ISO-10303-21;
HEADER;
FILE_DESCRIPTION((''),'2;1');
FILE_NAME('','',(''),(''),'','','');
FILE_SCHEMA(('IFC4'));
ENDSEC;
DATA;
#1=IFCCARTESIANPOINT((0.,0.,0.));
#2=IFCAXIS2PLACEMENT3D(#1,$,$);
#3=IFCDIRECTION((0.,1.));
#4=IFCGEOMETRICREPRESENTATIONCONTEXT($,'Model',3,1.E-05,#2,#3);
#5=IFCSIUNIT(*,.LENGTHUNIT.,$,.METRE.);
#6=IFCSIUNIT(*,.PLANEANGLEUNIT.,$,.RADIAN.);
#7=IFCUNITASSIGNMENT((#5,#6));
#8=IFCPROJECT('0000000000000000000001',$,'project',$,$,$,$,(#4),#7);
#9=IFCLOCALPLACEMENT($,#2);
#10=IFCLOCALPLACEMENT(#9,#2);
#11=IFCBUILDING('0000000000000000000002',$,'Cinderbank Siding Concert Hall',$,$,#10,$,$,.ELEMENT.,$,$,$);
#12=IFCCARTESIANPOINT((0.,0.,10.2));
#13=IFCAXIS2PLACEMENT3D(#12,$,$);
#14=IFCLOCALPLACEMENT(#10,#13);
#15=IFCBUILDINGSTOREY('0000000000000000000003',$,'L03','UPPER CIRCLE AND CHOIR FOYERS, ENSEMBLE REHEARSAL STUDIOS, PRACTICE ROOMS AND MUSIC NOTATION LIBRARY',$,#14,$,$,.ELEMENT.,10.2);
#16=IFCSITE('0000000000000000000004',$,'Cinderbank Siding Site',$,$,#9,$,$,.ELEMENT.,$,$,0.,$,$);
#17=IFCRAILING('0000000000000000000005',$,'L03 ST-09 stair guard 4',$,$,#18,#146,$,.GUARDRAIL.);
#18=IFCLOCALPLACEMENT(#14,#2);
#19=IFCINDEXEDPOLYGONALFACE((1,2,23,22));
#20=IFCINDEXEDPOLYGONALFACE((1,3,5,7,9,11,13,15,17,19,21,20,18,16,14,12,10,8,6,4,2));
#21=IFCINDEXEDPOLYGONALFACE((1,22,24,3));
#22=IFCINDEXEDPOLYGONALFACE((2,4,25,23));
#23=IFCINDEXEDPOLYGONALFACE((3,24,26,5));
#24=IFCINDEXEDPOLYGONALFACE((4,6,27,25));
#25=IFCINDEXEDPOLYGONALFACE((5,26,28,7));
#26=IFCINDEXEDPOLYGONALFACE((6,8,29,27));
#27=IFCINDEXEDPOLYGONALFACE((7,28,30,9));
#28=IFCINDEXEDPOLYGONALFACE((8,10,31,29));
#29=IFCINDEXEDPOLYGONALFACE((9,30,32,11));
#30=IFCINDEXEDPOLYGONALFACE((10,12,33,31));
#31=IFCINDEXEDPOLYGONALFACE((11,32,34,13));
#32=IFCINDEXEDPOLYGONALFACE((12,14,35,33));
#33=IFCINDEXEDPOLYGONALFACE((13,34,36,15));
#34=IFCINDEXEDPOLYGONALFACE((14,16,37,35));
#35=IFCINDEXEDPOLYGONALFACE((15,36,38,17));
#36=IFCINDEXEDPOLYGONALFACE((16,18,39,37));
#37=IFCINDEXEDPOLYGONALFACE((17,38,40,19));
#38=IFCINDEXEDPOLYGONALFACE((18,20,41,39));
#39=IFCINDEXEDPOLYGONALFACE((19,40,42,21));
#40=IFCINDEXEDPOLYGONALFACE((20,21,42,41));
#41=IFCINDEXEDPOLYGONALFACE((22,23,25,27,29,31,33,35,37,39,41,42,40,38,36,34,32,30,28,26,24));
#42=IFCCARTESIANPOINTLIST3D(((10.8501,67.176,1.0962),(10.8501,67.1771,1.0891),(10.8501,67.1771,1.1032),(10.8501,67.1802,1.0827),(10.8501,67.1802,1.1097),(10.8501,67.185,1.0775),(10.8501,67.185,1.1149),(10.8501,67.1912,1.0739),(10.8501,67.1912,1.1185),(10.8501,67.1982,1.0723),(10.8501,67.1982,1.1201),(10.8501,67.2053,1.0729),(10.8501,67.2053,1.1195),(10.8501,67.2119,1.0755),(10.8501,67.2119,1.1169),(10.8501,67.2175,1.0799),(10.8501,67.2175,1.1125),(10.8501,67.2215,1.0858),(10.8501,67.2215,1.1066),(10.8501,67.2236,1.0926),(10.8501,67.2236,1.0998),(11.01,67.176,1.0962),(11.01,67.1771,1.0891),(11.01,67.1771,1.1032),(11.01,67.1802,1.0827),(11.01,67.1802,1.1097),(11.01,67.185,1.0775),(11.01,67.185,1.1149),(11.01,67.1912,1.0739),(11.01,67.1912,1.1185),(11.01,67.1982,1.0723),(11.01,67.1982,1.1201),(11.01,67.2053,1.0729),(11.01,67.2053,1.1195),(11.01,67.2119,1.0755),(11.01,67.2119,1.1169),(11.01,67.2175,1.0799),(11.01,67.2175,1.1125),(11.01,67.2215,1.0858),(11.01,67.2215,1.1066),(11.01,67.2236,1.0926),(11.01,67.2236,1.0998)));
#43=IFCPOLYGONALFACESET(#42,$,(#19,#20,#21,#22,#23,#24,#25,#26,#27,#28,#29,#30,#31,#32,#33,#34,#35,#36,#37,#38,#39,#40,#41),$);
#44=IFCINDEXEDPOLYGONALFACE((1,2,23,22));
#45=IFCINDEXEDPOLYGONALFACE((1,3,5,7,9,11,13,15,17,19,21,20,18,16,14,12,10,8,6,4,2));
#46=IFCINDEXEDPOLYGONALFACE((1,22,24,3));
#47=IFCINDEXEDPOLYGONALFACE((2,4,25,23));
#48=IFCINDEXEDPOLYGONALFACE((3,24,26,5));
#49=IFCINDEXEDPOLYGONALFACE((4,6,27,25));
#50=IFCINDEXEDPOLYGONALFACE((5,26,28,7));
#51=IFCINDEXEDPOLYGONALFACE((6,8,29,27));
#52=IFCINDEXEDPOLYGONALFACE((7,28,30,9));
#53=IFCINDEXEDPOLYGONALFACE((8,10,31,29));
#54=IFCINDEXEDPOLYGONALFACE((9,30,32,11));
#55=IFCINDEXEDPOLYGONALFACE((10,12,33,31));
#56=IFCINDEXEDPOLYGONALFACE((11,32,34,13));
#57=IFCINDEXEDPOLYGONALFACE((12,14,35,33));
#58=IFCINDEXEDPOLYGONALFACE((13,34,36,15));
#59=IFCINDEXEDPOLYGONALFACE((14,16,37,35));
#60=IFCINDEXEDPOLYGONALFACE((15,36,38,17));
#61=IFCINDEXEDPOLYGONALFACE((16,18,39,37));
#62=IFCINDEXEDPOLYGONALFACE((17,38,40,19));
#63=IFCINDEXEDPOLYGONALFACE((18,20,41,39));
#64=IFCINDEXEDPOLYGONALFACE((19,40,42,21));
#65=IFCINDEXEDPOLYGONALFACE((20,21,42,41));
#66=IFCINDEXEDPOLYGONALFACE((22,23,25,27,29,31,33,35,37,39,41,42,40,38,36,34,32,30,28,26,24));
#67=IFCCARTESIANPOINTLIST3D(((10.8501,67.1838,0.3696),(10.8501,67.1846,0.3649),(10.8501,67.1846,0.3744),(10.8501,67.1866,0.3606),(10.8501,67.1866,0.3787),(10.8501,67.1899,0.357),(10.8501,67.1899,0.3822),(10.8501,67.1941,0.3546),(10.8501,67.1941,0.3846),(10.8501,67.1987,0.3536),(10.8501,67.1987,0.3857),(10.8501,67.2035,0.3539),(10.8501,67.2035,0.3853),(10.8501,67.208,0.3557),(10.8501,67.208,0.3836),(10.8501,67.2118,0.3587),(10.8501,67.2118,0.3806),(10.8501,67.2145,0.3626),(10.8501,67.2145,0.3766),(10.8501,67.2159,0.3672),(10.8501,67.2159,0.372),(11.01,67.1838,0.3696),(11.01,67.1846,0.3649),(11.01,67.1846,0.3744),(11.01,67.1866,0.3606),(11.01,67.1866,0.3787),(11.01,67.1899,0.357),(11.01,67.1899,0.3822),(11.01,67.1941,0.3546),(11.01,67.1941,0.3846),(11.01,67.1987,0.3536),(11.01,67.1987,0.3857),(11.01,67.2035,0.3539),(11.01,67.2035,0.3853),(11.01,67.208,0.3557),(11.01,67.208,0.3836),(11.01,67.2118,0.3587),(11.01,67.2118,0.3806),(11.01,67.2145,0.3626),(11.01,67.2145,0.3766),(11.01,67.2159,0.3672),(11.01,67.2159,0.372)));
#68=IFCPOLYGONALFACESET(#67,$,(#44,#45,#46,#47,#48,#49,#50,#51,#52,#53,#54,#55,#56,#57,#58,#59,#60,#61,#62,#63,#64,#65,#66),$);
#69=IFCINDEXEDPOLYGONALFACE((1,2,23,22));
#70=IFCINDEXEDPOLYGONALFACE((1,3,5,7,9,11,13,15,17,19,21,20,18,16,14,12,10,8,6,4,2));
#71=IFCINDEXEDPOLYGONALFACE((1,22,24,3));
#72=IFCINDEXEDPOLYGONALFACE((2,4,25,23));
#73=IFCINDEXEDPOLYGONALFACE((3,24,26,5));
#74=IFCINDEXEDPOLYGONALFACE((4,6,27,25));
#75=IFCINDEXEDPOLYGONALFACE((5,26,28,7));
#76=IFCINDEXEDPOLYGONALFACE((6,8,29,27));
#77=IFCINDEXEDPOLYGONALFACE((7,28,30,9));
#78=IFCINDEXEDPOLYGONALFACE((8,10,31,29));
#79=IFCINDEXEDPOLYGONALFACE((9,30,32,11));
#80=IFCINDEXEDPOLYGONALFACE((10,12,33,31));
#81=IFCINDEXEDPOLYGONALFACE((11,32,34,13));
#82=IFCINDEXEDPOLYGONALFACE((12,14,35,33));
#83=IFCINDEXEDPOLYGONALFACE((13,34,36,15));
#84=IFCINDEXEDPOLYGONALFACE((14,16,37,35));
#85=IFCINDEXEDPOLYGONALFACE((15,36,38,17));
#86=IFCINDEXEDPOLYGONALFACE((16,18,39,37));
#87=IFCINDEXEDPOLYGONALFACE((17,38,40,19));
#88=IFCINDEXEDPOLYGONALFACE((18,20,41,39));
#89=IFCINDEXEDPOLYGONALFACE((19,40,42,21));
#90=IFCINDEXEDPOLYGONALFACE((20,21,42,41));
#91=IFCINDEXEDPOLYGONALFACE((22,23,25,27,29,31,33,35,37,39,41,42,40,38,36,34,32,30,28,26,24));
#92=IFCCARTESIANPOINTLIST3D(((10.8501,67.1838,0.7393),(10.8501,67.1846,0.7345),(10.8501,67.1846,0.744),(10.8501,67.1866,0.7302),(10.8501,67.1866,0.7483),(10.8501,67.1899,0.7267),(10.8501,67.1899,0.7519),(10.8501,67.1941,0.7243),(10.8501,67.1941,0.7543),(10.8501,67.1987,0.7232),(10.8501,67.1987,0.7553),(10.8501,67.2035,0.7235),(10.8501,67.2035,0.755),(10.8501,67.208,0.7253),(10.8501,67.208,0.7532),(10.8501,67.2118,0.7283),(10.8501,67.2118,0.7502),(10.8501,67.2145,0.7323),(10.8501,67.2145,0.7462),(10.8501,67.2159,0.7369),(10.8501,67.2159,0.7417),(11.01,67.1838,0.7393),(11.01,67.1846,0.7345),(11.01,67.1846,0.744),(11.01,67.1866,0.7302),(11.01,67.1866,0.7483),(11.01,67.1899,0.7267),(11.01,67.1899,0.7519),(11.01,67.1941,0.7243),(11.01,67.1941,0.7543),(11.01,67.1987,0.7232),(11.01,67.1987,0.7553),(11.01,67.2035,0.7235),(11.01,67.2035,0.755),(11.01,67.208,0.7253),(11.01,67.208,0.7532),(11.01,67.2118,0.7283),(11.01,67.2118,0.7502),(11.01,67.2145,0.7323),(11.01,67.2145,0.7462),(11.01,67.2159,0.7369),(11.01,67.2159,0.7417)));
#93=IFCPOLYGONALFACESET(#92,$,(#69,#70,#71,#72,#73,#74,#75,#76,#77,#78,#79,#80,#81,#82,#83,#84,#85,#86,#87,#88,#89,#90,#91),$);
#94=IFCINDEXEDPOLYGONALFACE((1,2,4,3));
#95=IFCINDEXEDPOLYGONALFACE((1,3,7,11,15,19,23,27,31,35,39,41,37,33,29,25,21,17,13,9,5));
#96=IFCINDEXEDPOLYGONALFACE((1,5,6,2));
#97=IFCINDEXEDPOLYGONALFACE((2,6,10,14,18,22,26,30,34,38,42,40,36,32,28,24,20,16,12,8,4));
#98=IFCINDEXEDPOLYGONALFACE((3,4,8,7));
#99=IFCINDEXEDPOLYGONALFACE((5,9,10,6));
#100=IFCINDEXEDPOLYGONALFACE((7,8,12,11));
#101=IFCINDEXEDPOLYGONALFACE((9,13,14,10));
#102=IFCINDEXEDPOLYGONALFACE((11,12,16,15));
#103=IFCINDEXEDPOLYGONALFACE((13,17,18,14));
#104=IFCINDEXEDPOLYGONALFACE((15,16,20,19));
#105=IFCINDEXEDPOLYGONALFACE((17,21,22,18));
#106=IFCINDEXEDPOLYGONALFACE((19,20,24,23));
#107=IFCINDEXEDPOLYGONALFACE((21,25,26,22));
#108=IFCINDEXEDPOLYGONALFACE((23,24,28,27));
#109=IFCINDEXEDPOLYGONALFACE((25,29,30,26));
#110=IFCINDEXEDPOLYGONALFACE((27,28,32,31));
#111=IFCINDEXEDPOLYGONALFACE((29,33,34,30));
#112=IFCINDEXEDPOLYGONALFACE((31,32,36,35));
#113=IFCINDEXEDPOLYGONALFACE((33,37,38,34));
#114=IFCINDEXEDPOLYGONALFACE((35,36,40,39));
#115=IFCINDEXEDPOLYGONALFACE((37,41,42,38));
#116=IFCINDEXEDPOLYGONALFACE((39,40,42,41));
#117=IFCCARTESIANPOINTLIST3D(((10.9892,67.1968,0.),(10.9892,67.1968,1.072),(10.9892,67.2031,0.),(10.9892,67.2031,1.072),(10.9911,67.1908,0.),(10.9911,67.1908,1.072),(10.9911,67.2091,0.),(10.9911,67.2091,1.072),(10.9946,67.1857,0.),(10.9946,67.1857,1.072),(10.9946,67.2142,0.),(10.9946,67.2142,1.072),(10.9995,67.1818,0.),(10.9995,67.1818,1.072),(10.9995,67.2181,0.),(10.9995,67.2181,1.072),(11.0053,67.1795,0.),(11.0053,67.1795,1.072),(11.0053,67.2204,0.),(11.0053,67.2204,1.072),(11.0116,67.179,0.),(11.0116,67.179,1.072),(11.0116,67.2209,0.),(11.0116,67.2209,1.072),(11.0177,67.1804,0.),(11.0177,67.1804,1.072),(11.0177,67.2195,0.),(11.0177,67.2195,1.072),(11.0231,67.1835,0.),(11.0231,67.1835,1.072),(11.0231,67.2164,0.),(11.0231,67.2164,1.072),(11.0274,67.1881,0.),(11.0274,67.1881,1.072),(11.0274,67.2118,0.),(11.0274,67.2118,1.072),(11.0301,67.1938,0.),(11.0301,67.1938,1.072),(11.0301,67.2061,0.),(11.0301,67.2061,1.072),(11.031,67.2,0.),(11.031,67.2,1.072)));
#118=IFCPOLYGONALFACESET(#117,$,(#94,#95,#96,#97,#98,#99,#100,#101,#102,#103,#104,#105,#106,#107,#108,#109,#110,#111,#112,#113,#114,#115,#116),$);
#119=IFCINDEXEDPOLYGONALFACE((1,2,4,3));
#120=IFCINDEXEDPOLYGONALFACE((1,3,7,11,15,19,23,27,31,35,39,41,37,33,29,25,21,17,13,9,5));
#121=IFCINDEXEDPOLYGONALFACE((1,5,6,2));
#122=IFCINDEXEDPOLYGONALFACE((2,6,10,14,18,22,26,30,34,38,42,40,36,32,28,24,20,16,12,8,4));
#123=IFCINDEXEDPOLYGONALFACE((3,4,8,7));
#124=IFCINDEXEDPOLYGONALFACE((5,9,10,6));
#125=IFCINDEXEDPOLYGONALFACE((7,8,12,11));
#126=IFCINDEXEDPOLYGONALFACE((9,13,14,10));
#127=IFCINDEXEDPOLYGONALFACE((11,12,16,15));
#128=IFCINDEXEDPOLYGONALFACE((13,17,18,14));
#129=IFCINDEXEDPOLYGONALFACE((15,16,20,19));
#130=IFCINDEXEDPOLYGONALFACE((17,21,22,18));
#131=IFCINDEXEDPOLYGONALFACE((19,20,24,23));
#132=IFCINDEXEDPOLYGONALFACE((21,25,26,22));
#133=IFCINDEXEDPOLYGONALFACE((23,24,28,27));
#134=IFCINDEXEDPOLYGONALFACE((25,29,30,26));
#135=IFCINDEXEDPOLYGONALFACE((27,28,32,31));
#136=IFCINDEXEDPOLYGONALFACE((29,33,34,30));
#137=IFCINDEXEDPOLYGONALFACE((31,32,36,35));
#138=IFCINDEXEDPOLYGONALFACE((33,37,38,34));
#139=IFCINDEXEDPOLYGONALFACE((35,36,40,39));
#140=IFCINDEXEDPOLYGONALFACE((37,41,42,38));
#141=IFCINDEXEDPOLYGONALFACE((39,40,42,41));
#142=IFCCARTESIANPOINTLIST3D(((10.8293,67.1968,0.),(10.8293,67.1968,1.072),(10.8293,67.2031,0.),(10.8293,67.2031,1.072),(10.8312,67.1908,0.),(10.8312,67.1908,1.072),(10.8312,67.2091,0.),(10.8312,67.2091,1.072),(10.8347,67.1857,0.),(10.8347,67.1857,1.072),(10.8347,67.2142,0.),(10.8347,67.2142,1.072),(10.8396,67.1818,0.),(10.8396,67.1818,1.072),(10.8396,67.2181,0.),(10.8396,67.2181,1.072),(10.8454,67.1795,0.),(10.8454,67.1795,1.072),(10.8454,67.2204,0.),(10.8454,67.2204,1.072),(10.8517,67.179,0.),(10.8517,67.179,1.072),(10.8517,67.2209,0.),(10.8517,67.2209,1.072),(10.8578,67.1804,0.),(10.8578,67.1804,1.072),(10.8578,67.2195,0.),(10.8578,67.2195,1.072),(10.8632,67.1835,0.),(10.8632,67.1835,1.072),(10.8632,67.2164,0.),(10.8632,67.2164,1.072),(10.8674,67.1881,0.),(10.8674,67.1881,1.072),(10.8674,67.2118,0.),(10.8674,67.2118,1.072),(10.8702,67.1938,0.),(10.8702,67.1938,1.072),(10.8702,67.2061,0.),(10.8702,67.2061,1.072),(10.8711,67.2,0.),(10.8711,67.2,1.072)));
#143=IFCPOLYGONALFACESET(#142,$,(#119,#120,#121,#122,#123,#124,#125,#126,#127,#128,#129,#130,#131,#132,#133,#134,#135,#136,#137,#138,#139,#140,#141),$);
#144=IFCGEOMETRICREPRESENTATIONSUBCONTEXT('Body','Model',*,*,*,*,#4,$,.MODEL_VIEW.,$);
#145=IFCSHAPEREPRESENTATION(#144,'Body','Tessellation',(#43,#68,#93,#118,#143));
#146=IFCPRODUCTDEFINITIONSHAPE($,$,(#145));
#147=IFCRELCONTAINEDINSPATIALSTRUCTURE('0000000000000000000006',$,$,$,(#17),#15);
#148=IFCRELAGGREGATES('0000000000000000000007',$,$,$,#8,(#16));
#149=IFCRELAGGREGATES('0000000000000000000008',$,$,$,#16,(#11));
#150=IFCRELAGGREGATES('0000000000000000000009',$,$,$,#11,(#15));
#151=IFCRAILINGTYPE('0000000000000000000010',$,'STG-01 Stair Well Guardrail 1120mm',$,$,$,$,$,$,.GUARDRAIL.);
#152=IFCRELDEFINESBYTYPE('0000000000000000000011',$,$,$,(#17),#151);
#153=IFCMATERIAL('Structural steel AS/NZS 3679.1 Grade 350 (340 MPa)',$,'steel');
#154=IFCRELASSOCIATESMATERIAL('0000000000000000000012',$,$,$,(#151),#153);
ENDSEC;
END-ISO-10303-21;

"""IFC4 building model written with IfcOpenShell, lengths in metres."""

from ifc_helpers import new_model, si_unit, direction, frame, origin, origin_2d, place, context, subcontext, project, spatial, circle, extrude, material, type_object, element, save


model = new_model("IFC4")

# Units and contexts
model_context = context("Model", 3, precision=1e-05, world=origin(), true_north=direction((0.0, 1.0)))
body_context = subcontext(model_context, "Body", "Model", "MODEL_VIEW")
ifc_project = project(units=[si_unit("LENGTHUNIT", "METRE"), si_unit("PLANEANGLEUNIT", "RADIAN")], contexts=[model_context])

# Site, building, storey
site_placement = place(None, origin())
site = spatial("IfcSite", under=ifc_project, at=site_placement, Name="Cinderbank Siding Site", CompositionType="ELEMENT", RefElevation=0.0)
building_placement = place(site_placement, origin())
building = spatial("IfcBuilding", under=site, at=building_placement, Name="Cinderbank Siding Concert Hall", CompositionType="ELEMENT")
storey_placement = place(building_placement, frame((0.0, 0.0, 10.2)))
storey = spatial("IfcBuildingStorey", under=building, at=storey_placement, Name="L03", Description="UPPER CIRCLE AND CHOIR FOYERS, ENSEMBLE REHEARSAL STUDIOS, PRACTICE ROOMS AND MUSIC NOTATION LIBRARY", CompositionType="ELEMENT", Elevation=10.2)

# Shared definitions
ifc_material_1 = material(Name="Structural steel AS/NZS 3679.1 Grade 350 (340 MPa)", Category="steel")

# Railing
railing_type_1 = type_object("IfcRailingType", Name="STG-01 Stair Well Guardrail 1120mm", PredefinedType="GUARDRAIL", material=ifc_material_1)
railing_1_placement = place(storey_placement, frame((11.01, 67.2, 0.0)))
element("IfcRailing", 1, at=railing_1_placement, inside=storey, type_object=railing_type_1, Name="L03 ST-09 stair guard 4", PredefinedType="GUARDRAIL", context=body_context, shape_type="SweptSolid", body=[
    extrude(circle(Radius=0.0239, at=origin_2d()), frame((0.0, 0.0, 1.0962), z_axis=(-1.0, 0.0, 0.0), x_axis=(0.0, -1.0, 0.0)), (0.0, 0.0, 1.0), 0.1599),
    extrude(circle(Radius=0.0161, at=origin_2d()), frame((0.0, 0.0, 0.3696), z_axis=(-1.0, 0.0, 0.0), x_axis=(0.0, -1.0, 0.0)), (0.0, 0.0, 1.0), 0.1599),
    extrude(circle(Radius=0.0161, at=origin_2d()), frame((0.0, 0.0, 0.7393), z_axis=(-1.0, 0.0, 0.0), x_axis=(0.0, -1.0, 0.0)), (0.0, 0.0, 1.0), 0.1599),
    extrude(circle(Radius=0.021, at=origin_2d()), origin(), (0.0, 0.0, 1.0), 1.072),
    extrude(circle(Radius=0.021, at=origin_2d()), frame((-0.1599, 0.0, 0.0)), (0.0, 0.0, 1.0), 1.072),
])

save(model, "model.ifc")
